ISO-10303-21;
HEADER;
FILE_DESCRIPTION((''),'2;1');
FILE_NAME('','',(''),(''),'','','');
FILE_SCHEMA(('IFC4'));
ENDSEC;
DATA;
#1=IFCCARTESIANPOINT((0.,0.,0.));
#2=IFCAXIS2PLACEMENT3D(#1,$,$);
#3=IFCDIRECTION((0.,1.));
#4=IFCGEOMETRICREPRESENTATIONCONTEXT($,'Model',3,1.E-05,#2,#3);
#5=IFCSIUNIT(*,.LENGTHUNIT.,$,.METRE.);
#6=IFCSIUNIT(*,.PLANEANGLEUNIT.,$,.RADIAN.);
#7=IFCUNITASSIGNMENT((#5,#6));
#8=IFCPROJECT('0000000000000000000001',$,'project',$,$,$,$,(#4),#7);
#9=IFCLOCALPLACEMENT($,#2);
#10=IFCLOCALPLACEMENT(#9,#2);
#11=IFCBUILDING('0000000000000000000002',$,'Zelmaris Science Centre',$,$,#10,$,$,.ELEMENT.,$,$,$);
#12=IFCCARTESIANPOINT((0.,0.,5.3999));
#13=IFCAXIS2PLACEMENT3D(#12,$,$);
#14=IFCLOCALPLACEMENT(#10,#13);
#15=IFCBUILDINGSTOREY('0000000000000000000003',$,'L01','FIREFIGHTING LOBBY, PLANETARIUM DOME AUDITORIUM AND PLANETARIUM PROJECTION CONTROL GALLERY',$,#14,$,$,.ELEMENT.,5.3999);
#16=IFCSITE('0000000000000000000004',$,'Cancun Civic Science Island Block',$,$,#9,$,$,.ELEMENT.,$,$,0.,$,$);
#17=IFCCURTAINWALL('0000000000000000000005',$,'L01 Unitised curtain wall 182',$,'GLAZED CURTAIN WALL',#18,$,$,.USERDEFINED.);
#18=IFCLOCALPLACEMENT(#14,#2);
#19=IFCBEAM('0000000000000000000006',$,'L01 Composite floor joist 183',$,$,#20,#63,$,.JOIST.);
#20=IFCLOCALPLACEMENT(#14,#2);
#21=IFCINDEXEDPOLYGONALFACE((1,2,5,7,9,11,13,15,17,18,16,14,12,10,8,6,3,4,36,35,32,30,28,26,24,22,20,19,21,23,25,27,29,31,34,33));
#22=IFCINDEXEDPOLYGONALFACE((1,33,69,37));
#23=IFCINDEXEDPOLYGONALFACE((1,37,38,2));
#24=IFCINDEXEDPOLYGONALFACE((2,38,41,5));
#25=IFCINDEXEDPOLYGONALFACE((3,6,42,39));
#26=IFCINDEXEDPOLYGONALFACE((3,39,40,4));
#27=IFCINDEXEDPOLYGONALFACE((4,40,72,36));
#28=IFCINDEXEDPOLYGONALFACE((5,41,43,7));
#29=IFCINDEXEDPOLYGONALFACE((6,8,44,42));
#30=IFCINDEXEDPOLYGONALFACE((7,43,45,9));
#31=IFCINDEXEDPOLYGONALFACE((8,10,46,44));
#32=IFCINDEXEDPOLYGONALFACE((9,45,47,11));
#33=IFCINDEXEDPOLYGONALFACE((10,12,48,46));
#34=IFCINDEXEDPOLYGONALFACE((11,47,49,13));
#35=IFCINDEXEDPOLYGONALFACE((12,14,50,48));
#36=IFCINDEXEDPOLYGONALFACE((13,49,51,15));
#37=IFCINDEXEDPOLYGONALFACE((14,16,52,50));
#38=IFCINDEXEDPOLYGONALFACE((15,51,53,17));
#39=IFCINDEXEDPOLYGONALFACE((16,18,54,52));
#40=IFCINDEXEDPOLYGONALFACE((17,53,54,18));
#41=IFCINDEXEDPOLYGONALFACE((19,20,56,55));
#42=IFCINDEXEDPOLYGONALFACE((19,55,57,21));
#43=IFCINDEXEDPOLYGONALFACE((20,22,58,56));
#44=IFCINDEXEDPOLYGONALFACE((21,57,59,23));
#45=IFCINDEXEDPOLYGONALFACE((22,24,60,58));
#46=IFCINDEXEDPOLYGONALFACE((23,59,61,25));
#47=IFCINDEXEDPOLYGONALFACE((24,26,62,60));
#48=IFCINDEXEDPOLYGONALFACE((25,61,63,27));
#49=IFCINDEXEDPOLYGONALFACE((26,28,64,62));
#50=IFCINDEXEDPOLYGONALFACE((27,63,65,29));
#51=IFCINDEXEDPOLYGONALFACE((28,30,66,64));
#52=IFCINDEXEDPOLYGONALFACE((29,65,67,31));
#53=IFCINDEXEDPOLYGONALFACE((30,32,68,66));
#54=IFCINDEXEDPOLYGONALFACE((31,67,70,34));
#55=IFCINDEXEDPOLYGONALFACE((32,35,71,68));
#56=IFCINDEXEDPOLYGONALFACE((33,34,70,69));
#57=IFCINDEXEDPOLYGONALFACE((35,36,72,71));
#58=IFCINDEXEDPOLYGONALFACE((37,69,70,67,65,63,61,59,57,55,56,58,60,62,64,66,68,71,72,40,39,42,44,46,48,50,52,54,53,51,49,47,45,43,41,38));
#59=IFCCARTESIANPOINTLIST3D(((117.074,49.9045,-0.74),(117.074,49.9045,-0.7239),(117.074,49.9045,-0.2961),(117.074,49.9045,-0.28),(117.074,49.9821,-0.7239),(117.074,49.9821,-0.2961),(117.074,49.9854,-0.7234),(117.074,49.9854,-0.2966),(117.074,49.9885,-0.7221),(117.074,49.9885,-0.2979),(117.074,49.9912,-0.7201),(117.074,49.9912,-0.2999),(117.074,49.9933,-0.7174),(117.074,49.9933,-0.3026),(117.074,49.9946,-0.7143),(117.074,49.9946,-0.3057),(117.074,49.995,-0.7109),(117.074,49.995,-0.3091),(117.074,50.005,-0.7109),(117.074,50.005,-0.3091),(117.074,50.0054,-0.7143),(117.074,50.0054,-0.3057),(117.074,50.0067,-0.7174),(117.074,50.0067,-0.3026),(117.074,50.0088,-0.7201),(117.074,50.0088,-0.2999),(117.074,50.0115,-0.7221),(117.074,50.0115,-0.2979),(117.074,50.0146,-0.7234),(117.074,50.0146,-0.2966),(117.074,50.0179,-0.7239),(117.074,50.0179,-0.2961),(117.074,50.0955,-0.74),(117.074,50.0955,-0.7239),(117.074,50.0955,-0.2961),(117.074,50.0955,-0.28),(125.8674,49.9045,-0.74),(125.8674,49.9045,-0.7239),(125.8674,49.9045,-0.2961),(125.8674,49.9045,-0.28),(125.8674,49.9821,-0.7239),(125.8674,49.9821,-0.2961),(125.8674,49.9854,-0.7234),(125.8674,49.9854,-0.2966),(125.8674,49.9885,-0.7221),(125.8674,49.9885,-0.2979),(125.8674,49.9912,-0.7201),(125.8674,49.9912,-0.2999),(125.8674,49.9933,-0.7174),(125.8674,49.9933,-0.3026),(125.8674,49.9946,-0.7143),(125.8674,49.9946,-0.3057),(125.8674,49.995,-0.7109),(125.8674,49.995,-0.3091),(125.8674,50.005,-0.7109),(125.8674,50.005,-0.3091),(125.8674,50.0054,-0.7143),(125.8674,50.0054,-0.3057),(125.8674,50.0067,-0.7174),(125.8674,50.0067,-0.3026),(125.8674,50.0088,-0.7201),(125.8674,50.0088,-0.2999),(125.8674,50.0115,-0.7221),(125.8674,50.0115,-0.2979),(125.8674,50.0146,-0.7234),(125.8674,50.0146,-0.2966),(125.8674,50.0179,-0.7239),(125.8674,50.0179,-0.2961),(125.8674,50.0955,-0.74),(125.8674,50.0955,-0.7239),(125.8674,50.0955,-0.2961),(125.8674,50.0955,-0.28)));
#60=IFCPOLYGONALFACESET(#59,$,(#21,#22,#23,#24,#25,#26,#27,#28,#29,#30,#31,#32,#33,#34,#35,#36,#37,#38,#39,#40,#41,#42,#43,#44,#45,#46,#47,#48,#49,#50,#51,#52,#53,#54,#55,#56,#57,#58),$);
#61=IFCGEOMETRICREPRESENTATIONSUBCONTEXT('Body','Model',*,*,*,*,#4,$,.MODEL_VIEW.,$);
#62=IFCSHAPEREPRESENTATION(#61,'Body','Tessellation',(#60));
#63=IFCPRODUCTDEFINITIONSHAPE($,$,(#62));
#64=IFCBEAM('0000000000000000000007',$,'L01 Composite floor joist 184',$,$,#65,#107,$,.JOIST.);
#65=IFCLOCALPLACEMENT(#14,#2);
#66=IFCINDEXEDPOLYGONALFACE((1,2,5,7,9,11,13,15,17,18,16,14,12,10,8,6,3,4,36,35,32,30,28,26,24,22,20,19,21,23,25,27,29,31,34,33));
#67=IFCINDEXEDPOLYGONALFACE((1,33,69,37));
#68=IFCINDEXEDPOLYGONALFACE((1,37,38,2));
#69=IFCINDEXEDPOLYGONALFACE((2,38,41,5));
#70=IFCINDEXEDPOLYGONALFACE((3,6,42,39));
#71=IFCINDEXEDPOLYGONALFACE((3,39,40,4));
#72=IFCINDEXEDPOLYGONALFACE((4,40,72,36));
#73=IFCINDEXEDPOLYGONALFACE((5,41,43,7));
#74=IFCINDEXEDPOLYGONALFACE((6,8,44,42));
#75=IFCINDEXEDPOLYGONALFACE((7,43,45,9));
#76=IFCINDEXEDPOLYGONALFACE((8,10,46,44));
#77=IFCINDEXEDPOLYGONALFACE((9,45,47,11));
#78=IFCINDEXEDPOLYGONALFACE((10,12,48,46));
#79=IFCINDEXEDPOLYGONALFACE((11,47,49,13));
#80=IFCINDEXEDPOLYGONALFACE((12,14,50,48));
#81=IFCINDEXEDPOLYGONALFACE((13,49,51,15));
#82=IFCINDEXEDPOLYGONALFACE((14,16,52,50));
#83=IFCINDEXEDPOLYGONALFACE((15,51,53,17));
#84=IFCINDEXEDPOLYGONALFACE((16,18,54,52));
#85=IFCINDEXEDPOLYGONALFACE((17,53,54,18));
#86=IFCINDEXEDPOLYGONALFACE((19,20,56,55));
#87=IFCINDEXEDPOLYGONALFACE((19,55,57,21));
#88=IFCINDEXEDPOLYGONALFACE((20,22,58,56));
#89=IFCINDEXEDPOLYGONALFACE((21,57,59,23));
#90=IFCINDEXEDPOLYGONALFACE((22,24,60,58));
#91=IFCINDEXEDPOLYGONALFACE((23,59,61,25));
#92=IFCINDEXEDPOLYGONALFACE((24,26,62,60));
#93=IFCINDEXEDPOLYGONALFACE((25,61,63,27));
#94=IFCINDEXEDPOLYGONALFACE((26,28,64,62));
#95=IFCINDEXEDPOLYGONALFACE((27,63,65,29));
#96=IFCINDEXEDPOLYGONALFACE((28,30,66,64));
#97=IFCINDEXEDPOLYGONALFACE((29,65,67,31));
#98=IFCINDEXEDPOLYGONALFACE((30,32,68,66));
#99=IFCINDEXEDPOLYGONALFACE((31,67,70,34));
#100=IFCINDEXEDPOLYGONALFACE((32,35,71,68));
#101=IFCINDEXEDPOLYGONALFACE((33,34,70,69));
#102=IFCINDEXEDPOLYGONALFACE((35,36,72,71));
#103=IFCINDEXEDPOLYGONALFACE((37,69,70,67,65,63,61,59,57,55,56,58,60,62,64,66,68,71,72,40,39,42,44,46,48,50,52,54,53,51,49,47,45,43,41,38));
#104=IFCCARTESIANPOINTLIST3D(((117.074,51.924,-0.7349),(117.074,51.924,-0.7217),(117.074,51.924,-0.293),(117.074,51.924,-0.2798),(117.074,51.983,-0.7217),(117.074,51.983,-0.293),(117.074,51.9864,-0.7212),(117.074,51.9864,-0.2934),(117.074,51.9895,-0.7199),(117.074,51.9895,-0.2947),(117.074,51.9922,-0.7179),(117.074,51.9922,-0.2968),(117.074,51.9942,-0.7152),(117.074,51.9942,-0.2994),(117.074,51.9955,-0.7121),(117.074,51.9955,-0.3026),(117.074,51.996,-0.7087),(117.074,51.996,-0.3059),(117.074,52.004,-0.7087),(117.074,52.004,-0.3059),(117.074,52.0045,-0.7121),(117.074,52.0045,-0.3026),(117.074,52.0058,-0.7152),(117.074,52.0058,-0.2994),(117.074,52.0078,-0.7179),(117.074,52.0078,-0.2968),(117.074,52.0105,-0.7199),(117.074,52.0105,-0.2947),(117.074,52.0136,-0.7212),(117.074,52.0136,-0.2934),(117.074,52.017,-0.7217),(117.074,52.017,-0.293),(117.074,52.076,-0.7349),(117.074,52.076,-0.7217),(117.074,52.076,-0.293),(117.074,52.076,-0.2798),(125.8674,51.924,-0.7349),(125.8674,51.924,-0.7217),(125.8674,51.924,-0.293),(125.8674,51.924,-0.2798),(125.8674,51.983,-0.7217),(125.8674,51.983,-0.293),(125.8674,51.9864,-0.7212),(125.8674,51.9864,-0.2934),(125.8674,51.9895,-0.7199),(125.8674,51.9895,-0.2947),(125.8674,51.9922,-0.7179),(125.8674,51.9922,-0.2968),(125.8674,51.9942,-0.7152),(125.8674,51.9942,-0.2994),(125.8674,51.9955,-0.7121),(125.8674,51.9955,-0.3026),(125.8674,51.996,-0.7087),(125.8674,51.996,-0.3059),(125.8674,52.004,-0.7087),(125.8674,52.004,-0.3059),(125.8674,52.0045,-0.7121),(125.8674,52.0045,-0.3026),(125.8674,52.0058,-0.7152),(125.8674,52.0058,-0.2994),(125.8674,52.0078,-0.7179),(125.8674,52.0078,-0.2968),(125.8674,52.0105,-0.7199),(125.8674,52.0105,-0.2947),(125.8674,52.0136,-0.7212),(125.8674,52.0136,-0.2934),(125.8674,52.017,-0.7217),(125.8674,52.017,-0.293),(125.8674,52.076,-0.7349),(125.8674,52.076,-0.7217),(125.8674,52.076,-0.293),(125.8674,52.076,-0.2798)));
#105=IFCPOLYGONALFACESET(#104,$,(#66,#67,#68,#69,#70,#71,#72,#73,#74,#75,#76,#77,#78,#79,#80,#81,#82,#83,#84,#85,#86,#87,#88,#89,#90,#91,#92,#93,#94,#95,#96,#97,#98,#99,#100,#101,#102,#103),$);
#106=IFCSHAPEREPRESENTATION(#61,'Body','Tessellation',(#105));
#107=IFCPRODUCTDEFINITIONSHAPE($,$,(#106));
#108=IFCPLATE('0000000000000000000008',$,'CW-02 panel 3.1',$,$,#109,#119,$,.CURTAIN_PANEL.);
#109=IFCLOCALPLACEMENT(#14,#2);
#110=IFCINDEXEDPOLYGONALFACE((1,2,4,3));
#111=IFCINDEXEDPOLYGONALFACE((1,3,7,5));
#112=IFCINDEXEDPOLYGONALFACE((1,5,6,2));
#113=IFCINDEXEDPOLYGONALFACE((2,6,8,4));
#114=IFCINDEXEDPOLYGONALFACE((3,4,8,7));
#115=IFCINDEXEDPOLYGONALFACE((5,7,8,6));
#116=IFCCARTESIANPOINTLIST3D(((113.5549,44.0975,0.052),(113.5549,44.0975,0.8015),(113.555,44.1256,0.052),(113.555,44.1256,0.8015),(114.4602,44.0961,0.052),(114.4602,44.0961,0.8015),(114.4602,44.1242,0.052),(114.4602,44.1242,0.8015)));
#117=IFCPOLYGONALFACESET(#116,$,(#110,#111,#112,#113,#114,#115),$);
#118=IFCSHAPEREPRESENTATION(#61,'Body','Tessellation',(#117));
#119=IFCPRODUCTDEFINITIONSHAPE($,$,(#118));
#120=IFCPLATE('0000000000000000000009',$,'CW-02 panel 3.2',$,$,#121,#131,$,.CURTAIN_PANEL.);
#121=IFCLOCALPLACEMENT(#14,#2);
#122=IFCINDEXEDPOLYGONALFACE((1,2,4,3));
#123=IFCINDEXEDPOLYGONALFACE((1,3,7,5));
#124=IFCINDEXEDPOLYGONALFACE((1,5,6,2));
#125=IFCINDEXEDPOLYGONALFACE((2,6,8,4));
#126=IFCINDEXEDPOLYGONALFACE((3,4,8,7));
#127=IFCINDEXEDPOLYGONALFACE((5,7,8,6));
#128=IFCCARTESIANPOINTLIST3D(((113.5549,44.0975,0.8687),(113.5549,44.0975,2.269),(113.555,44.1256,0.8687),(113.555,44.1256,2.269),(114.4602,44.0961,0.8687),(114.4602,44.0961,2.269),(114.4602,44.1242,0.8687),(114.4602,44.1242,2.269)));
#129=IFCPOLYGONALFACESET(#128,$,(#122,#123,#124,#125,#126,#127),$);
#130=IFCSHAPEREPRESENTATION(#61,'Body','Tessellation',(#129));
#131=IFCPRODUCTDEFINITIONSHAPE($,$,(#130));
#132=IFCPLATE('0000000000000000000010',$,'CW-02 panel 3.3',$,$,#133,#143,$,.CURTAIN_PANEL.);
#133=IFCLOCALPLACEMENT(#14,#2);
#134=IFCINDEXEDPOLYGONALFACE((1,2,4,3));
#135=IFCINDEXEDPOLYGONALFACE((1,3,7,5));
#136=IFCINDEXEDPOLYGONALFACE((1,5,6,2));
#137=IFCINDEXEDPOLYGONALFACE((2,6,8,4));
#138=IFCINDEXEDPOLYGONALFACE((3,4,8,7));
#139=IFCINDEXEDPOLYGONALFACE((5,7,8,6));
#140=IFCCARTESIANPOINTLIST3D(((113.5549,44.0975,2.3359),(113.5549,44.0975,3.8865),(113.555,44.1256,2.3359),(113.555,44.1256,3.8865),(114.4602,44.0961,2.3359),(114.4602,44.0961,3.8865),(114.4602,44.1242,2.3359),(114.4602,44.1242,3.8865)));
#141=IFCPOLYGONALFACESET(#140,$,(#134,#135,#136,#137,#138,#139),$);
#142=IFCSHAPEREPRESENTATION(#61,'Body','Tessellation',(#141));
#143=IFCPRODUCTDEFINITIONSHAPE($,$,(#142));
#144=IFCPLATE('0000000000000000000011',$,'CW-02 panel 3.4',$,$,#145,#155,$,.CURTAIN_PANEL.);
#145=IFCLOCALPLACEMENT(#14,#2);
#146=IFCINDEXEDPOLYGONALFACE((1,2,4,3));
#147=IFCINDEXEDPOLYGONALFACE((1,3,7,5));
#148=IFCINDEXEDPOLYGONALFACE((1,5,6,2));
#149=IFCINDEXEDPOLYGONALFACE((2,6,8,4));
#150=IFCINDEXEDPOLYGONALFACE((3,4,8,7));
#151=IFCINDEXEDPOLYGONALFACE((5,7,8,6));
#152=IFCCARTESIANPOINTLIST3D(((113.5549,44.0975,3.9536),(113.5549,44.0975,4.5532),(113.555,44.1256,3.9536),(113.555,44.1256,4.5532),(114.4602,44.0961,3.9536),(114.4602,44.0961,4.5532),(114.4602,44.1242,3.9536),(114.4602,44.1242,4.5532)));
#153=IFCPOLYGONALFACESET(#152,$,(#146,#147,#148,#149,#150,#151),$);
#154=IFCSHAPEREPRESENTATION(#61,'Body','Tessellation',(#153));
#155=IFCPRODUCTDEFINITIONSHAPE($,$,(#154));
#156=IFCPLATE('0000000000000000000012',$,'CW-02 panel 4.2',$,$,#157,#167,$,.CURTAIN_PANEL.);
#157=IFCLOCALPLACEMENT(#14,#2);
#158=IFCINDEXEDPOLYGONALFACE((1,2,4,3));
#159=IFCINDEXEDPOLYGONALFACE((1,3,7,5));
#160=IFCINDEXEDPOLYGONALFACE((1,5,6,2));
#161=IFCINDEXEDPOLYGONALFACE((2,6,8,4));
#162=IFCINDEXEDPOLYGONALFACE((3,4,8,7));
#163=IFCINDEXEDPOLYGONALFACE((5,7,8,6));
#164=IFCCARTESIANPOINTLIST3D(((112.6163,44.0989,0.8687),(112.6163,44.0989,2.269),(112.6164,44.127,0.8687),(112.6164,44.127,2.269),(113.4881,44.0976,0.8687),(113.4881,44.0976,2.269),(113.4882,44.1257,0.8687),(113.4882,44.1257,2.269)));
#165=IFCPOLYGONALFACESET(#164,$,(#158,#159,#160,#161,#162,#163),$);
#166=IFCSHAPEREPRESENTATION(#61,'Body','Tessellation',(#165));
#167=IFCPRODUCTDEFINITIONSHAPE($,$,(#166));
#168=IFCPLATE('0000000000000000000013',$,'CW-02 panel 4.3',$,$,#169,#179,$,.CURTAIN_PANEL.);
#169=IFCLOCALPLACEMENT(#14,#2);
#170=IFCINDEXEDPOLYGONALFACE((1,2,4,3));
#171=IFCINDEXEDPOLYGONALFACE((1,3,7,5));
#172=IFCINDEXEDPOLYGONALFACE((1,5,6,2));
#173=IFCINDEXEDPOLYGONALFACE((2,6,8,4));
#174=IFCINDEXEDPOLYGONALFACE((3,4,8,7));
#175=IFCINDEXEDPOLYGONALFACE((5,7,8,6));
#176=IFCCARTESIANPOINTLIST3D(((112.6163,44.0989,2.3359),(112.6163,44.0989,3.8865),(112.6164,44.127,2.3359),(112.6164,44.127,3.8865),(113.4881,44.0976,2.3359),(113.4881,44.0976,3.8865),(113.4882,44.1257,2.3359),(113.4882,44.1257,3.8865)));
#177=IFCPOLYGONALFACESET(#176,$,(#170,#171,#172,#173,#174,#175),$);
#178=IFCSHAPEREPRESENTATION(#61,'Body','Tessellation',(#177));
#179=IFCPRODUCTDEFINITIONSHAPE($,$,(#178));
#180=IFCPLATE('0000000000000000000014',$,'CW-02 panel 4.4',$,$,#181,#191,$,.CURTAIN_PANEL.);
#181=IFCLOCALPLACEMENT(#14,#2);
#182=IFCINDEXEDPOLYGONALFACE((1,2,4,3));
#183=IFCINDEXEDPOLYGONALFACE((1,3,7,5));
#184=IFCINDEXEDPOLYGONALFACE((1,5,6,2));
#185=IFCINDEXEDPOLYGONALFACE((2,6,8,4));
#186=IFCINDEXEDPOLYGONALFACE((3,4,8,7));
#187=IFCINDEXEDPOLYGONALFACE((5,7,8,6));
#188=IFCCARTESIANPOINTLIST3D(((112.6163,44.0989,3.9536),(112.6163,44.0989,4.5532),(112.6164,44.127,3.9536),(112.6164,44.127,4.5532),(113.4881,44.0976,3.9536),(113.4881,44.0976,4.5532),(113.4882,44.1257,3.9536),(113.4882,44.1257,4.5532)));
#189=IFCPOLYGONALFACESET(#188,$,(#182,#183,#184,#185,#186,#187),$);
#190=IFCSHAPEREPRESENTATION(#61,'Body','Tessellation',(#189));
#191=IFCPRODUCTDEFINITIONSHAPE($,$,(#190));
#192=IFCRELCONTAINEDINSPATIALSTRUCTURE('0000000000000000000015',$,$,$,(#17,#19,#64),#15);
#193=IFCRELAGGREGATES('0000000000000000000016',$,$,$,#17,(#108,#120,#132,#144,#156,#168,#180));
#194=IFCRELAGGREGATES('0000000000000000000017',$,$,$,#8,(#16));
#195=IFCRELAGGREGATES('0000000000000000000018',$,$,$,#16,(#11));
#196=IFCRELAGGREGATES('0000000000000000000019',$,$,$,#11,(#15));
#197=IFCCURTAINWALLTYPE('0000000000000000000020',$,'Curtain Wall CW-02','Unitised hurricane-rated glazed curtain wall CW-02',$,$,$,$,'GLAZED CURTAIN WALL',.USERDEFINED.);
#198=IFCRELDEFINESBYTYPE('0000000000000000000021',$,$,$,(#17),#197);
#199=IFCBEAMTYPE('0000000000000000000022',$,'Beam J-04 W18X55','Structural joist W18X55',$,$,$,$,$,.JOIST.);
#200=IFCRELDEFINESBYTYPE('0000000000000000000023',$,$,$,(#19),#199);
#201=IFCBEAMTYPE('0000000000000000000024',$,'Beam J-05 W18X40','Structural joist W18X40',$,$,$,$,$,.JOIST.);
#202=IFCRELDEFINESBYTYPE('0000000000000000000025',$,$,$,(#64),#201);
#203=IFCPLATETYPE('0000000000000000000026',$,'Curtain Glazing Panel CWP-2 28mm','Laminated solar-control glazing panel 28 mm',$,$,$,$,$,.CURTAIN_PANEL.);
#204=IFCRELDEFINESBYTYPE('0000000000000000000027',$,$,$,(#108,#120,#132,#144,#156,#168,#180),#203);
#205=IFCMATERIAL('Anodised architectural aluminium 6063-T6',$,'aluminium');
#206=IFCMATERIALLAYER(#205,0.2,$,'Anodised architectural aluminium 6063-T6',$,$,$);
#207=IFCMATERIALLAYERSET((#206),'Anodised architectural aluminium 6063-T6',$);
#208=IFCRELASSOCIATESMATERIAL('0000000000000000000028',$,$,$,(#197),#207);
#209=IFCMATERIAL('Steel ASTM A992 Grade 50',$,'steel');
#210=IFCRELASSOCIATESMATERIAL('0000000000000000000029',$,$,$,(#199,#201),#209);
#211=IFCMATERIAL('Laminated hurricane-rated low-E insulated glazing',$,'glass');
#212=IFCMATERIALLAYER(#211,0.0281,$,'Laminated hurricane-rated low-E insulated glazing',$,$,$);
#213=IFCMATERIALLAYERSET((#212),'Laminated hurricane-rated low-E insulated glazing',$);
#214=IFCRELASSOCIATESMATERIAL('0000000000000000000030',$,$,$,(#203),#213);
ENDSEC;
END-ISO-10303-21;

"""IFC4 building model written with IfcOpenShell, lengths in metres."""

from ifc_helpers import new_model, si_unit, direction, frame, origin, origin_2d, place, context, subcontext, project, spatial, rectangle, i_section, extrude, material, layer, layer_set, material_profile, profile_set, type_object, element, aggregate, save


model = new_model("IFC4")

# Units and contexts
model_context = context("Model", 3, precision=1e-05, world=origin(), true_north=direction((0.0, 1.0)))
body_context = subcontext(model_context, "Body", "Model", "MODEL_VIEW")
ifc_project = project(units=[si_unit("LENGTHUNIT", "METRE"), si_unit("PLANEANGLEUNIT", "RADIAN")], contexts=[model_context])

# Site, building, storey
site_placement = place(None, origin())
site = spatial("IfcSite", under=ifc_project, at=site_placement, Name="Cancun Civic Science Island Block", CompositionType="ELEMENT", RefElevation=0.0)
building_placement = place(site_placement, origin())
building = spatial("IfcBuilding", under=site, at=building_placement, Name="Zelmaris Science Centre", CompositionType="ELEMENT")
storey_placement = place(building_placement, frame((0.0, 0.0, 5.3999)))
storey = spatial("IfcBuildingStorey", under=building, at=storey_placement, Name="L01", Description="FIREFIGHTING LOBBY, PLANETARIUM DOME AUDITORIUM AND PLANETARIUM PROJECTION CONTROL GALLERY", CompositionType="ELEMENT", Elevation=5.3999)

# Shared definitions
ifc_material_1 = material(Name="Steel ASTM A992 Grade 50", Category="steel")

# Curtain wall
ifc_material_2 = material(Name="Anodised architectural aluminium 6063-T6", Category="aluminium")
ifc_layer_1 = layer(ifc_material_2, 0.2, Name="Anodised architectural aluminium 6063-T6")
ifc_layer_set_1 = layer_set([ifc_layer_1], Name="Anodised architectural aluminium 6063-T6")
curtain_wall_type = type_object("IfcCurtainWallType", Name="Curtain Wall CW-02", Description="Unitised hurricane-rated glazed curtain wall CW-02", ElementType="GLAZED CURTAIN WALL", PredefinedType="USERDEFINED", material=ifc_layer_set_1)
curtain_wall_placement = place(storey_placement, origin())
curtain_wall = element("IfcCurtainWall", 1, at=curtain_wall_placement, inside=storey, type_object=curtain_wall_type, Name="L01 Unitised curtain wall 182", ObjectType="GLAZED CURTAIN WALL", PredefinedType="USERDEFINED")

# Beams
ifc_material_profile_1 = material_profile(ifc_material_1, i_section(OverallWidth=0.1909, OverallDepth=0.46, WebThickness=0.01, FlangeThickness=0.0161, FilletRadius=0.0129, at=origin_2d()), Name="W18X55")
ifc_profile_set_1 = profile_set([ifc_material_profile_1], Name="Steel ASTM A992 Grade 50")
beam_type_1 = type_object("IfcBeamType", Name="Beam J-04 W18X55", Description="Structural joist W18X55", PredefinedType="JOIST", material=ifc_profile_set_1)
beam_1_placement = place(storey_placement, frame((117.074, 50.0, -0.51), z_axis=(1.0, 0.0, 0.0), x_axis=(0.0, 1.0, 0.0)))
element("IfcBeam", 2, at=beam_1_placement, inside=storey, type_object=beam_type_1, Name="L01 Composite floor joist 183", PredefinedType="JOIST", context=body_context, shape_type="SweptSolid", body=[
    extrude(i_section(OverallWidth=0.1909, OverallDepth=0.46, WebThickness=0.01, FlangeThickness=0.0161, FilletRadius=0.0129, at=origin_2d()), origin(), (0.0, 0.0, 1.0), 8.7935),
])
ifc_material_profile_2 = material_profile(ifc_material_1, i_section(OverallWidth=0.1521, OverallDepth=0.4551, WebThickness=0.0081, FlangeThickness=0.0132, FilletRadius=0.0129, at=origin_2d()), Name="W18X40")
ifc_profile_set_2 = profile_set([ifc_material_profile_2], Name="Steel ASTM A992 Grade 50")
beam_type_2 = type_object("IfcBeamType", Name="Beam J-05 W18X40", Description="Structural joist W18X40", PredefinedType="JOIST", material=ifc_profile_set_2)
beam_2_placement = place(storey_placement, frame((117.074, 52.0, -0.5073), z_axis=(1.0, 0.0, 0.0), x_axis=(0.0, 1.0, 0.0)))
element("IfcBeam", 3, at=beam_2_placement, inside=storey, type_object=beam_type_2, Name="L01 Composite floor joist 184", PredefinedType="JOIST", context=body_context, shape_type="SweptSolid", body=[
    extrude(i_section(OverallWidth=0.1521, OverallDepth=0.4551, WebThickness=0.0081, FlangeThickness=0.0132, FilletRadius=0.0129, at=origin_2d()), origin(), (0.0, 0.0, 1.0), 8.7935),
])

# Plates
ifc_material_3 = material(Name="Laminated hurricane-rated low-E insulated glazing", Category="glass")
ifc_layer_2 = layer(ifc_material_3, 0.0281, Name="Laminated hurricane-rated low-E insulated glazing")
ifc_layer_set_2 = layer_set([ifc_layer_2], Name="Laminated hurricane-rated low-E insulated glazing")
plate_type = type_object("IfcPlateType", Name="Curtain Glazing Panel CWP-2 28mm", Description="Laminated solar-control glazing panel 28 mm", PredefinedType="CURTAIN_PANEL", material=ifc_layer_set_2)
plate_1_placement = place(storey_placement, frame((114.0076, 44.1108, 0.052), z_axis=(0.0, 0.0, 1.0), x_axis=(-0.999999, 0.001517, 0.0)))
plate_1 = element("IfcPlate", 4, at=plate_1_placement, type_object=plate_type, Name="CW-02 panel 3.1", PredefinedType="CURTAIN_PANEL", context=body_context, shape_type="SweptSolid", body=[
    extrude(rectangle(XDim=0.9053, YDim=0.0281, at=origin_2d()), origin(), (0.0, 0.0, 1.0), 0.7495),
])
plate_2_placement = place(storey_placement, frame((114.0076, 44.1108, 0.8687), z_axis=(0.0, 0.0, 1.0), x_axis=(-0.999999, 0.001517, 0.0)))
plate_2 = element("IfcPlate", 5, at=plate_2_placement, type_object=plate_type, Name="CW-02 panel 3.2", PredefinedType="CURTAIN_PANEL", context=body_context, shape_type="SweptSolid", body=[
    extrude(rectangle(XDim=0.9053, YDim=0.0281, at=origin_2d()), origin(), (0.0, 0.0, 1.0), 1.4004),
])
plate_3_placement = place(storey_placement, frame((114.0076, 44.1108, 2.3359), z_axis=(0.0, 0.0, 1.0), x_axis=(-0.999999, 0.001517, 0.0)))
plate_3 = element("IfcPlate", 6, at=plate_3_placement, type_object=plate_type, Name="CW-02 panel 3.3", PredefinedType="CURTAIN_PANEL", context=body_context, shape_type="SweptSolid", body=[
    extrude(rectangle(XDim=0.9053, YDim=0.0281, at=origin_2d()), origin(), (0.0, 0.0, 1.0), 1.5505),
])
plate_4_placement = place(storey_placement, frame((114.0076, 44.1108, 3.9536), z_axis=(0.0, 0.0, 1.0), x_axis=(-0.999999, 0.001517, 0.0)))
plate_4 = element("IfcPlate", 7, at=plate_4_placement, type_object=plate_type, Name="CW-02 panel 3.4", PredefinedType="CURTAIN_PANEL", context=body_context, shape_type="SweptSolid", body=[
    extrude(rectangle(XDim=0.9053, YDim=0.0281, at=origin_2d()), origin(), (0.0, 0.0, 1.0), 0.5996),
])
plate_5_placement = place(storey_placement, frame((113.0522, 44.1123, 0.8687), z_axis=(0.0, 0.0, 1.0), x_axis=(-0.999999, 0.001517, 0.0)))
plate_5 = element("IfcPlate", 8, at=plate_5_placement, type_object=plate_type, Name="CW-02 panel 4.2", PredefinedType="CURTAIN_PANEL", context=body_context, shape_type="SweptSolid", body=[
    extrude(rectangle(XDim=0.8718, YDim=0.0281, at=origin_2d()), origin(), (0.0, 0.0, 1.0), 1.4004),
])
plate_6_placement = place(storey_placement, frame((113.0522, 44.1123, 2.3359), z_axis=(0.0, 0.0, 1.0), x_axis=(-0.999999, 0.001517, 0.0)))
plate_6 = element("IfcPlate", 9, at=plate_6_placement, type_object=plate_type, Name="CW-02 panel 4.3", PredefinedType="CURTAIN_PANEL", context=body_context, shape_type="SweptSolid", body=[
    extrude(rectangle(XDim=0.8718, YDim=0.0281, at=origin_2d()), origin(), (0.0, 0.0, 1.0), 1.5505),
])
plate_7_placement = place(storey_placement, frame((113.0522, 44.1123, 3.9536), z_axis=(0.0, 0.0, 1.0), x_axis=(-0.999999, 0.001517, 0.0)))
plate_7 = element("IfcPlate", 10, at=plate_7_placement, type_object=plate_type, Name="CW-02 panel 4.4", PredefinedType="CURTAIN_PANEL", context=body_context, shape_type="SweptSolid", body=[
    extrude(rectangle(XDim=0.8718, YDim=0.0281, at=origin_2d()), origin(), (0.0, 0.0, 1.0), 0.5996),
])
aggregate(curtain_wall, [plate_1, plate_2, plate_3, plate_4, plate_5, plate_6, plate_7])

save(model, "model.ifc")
